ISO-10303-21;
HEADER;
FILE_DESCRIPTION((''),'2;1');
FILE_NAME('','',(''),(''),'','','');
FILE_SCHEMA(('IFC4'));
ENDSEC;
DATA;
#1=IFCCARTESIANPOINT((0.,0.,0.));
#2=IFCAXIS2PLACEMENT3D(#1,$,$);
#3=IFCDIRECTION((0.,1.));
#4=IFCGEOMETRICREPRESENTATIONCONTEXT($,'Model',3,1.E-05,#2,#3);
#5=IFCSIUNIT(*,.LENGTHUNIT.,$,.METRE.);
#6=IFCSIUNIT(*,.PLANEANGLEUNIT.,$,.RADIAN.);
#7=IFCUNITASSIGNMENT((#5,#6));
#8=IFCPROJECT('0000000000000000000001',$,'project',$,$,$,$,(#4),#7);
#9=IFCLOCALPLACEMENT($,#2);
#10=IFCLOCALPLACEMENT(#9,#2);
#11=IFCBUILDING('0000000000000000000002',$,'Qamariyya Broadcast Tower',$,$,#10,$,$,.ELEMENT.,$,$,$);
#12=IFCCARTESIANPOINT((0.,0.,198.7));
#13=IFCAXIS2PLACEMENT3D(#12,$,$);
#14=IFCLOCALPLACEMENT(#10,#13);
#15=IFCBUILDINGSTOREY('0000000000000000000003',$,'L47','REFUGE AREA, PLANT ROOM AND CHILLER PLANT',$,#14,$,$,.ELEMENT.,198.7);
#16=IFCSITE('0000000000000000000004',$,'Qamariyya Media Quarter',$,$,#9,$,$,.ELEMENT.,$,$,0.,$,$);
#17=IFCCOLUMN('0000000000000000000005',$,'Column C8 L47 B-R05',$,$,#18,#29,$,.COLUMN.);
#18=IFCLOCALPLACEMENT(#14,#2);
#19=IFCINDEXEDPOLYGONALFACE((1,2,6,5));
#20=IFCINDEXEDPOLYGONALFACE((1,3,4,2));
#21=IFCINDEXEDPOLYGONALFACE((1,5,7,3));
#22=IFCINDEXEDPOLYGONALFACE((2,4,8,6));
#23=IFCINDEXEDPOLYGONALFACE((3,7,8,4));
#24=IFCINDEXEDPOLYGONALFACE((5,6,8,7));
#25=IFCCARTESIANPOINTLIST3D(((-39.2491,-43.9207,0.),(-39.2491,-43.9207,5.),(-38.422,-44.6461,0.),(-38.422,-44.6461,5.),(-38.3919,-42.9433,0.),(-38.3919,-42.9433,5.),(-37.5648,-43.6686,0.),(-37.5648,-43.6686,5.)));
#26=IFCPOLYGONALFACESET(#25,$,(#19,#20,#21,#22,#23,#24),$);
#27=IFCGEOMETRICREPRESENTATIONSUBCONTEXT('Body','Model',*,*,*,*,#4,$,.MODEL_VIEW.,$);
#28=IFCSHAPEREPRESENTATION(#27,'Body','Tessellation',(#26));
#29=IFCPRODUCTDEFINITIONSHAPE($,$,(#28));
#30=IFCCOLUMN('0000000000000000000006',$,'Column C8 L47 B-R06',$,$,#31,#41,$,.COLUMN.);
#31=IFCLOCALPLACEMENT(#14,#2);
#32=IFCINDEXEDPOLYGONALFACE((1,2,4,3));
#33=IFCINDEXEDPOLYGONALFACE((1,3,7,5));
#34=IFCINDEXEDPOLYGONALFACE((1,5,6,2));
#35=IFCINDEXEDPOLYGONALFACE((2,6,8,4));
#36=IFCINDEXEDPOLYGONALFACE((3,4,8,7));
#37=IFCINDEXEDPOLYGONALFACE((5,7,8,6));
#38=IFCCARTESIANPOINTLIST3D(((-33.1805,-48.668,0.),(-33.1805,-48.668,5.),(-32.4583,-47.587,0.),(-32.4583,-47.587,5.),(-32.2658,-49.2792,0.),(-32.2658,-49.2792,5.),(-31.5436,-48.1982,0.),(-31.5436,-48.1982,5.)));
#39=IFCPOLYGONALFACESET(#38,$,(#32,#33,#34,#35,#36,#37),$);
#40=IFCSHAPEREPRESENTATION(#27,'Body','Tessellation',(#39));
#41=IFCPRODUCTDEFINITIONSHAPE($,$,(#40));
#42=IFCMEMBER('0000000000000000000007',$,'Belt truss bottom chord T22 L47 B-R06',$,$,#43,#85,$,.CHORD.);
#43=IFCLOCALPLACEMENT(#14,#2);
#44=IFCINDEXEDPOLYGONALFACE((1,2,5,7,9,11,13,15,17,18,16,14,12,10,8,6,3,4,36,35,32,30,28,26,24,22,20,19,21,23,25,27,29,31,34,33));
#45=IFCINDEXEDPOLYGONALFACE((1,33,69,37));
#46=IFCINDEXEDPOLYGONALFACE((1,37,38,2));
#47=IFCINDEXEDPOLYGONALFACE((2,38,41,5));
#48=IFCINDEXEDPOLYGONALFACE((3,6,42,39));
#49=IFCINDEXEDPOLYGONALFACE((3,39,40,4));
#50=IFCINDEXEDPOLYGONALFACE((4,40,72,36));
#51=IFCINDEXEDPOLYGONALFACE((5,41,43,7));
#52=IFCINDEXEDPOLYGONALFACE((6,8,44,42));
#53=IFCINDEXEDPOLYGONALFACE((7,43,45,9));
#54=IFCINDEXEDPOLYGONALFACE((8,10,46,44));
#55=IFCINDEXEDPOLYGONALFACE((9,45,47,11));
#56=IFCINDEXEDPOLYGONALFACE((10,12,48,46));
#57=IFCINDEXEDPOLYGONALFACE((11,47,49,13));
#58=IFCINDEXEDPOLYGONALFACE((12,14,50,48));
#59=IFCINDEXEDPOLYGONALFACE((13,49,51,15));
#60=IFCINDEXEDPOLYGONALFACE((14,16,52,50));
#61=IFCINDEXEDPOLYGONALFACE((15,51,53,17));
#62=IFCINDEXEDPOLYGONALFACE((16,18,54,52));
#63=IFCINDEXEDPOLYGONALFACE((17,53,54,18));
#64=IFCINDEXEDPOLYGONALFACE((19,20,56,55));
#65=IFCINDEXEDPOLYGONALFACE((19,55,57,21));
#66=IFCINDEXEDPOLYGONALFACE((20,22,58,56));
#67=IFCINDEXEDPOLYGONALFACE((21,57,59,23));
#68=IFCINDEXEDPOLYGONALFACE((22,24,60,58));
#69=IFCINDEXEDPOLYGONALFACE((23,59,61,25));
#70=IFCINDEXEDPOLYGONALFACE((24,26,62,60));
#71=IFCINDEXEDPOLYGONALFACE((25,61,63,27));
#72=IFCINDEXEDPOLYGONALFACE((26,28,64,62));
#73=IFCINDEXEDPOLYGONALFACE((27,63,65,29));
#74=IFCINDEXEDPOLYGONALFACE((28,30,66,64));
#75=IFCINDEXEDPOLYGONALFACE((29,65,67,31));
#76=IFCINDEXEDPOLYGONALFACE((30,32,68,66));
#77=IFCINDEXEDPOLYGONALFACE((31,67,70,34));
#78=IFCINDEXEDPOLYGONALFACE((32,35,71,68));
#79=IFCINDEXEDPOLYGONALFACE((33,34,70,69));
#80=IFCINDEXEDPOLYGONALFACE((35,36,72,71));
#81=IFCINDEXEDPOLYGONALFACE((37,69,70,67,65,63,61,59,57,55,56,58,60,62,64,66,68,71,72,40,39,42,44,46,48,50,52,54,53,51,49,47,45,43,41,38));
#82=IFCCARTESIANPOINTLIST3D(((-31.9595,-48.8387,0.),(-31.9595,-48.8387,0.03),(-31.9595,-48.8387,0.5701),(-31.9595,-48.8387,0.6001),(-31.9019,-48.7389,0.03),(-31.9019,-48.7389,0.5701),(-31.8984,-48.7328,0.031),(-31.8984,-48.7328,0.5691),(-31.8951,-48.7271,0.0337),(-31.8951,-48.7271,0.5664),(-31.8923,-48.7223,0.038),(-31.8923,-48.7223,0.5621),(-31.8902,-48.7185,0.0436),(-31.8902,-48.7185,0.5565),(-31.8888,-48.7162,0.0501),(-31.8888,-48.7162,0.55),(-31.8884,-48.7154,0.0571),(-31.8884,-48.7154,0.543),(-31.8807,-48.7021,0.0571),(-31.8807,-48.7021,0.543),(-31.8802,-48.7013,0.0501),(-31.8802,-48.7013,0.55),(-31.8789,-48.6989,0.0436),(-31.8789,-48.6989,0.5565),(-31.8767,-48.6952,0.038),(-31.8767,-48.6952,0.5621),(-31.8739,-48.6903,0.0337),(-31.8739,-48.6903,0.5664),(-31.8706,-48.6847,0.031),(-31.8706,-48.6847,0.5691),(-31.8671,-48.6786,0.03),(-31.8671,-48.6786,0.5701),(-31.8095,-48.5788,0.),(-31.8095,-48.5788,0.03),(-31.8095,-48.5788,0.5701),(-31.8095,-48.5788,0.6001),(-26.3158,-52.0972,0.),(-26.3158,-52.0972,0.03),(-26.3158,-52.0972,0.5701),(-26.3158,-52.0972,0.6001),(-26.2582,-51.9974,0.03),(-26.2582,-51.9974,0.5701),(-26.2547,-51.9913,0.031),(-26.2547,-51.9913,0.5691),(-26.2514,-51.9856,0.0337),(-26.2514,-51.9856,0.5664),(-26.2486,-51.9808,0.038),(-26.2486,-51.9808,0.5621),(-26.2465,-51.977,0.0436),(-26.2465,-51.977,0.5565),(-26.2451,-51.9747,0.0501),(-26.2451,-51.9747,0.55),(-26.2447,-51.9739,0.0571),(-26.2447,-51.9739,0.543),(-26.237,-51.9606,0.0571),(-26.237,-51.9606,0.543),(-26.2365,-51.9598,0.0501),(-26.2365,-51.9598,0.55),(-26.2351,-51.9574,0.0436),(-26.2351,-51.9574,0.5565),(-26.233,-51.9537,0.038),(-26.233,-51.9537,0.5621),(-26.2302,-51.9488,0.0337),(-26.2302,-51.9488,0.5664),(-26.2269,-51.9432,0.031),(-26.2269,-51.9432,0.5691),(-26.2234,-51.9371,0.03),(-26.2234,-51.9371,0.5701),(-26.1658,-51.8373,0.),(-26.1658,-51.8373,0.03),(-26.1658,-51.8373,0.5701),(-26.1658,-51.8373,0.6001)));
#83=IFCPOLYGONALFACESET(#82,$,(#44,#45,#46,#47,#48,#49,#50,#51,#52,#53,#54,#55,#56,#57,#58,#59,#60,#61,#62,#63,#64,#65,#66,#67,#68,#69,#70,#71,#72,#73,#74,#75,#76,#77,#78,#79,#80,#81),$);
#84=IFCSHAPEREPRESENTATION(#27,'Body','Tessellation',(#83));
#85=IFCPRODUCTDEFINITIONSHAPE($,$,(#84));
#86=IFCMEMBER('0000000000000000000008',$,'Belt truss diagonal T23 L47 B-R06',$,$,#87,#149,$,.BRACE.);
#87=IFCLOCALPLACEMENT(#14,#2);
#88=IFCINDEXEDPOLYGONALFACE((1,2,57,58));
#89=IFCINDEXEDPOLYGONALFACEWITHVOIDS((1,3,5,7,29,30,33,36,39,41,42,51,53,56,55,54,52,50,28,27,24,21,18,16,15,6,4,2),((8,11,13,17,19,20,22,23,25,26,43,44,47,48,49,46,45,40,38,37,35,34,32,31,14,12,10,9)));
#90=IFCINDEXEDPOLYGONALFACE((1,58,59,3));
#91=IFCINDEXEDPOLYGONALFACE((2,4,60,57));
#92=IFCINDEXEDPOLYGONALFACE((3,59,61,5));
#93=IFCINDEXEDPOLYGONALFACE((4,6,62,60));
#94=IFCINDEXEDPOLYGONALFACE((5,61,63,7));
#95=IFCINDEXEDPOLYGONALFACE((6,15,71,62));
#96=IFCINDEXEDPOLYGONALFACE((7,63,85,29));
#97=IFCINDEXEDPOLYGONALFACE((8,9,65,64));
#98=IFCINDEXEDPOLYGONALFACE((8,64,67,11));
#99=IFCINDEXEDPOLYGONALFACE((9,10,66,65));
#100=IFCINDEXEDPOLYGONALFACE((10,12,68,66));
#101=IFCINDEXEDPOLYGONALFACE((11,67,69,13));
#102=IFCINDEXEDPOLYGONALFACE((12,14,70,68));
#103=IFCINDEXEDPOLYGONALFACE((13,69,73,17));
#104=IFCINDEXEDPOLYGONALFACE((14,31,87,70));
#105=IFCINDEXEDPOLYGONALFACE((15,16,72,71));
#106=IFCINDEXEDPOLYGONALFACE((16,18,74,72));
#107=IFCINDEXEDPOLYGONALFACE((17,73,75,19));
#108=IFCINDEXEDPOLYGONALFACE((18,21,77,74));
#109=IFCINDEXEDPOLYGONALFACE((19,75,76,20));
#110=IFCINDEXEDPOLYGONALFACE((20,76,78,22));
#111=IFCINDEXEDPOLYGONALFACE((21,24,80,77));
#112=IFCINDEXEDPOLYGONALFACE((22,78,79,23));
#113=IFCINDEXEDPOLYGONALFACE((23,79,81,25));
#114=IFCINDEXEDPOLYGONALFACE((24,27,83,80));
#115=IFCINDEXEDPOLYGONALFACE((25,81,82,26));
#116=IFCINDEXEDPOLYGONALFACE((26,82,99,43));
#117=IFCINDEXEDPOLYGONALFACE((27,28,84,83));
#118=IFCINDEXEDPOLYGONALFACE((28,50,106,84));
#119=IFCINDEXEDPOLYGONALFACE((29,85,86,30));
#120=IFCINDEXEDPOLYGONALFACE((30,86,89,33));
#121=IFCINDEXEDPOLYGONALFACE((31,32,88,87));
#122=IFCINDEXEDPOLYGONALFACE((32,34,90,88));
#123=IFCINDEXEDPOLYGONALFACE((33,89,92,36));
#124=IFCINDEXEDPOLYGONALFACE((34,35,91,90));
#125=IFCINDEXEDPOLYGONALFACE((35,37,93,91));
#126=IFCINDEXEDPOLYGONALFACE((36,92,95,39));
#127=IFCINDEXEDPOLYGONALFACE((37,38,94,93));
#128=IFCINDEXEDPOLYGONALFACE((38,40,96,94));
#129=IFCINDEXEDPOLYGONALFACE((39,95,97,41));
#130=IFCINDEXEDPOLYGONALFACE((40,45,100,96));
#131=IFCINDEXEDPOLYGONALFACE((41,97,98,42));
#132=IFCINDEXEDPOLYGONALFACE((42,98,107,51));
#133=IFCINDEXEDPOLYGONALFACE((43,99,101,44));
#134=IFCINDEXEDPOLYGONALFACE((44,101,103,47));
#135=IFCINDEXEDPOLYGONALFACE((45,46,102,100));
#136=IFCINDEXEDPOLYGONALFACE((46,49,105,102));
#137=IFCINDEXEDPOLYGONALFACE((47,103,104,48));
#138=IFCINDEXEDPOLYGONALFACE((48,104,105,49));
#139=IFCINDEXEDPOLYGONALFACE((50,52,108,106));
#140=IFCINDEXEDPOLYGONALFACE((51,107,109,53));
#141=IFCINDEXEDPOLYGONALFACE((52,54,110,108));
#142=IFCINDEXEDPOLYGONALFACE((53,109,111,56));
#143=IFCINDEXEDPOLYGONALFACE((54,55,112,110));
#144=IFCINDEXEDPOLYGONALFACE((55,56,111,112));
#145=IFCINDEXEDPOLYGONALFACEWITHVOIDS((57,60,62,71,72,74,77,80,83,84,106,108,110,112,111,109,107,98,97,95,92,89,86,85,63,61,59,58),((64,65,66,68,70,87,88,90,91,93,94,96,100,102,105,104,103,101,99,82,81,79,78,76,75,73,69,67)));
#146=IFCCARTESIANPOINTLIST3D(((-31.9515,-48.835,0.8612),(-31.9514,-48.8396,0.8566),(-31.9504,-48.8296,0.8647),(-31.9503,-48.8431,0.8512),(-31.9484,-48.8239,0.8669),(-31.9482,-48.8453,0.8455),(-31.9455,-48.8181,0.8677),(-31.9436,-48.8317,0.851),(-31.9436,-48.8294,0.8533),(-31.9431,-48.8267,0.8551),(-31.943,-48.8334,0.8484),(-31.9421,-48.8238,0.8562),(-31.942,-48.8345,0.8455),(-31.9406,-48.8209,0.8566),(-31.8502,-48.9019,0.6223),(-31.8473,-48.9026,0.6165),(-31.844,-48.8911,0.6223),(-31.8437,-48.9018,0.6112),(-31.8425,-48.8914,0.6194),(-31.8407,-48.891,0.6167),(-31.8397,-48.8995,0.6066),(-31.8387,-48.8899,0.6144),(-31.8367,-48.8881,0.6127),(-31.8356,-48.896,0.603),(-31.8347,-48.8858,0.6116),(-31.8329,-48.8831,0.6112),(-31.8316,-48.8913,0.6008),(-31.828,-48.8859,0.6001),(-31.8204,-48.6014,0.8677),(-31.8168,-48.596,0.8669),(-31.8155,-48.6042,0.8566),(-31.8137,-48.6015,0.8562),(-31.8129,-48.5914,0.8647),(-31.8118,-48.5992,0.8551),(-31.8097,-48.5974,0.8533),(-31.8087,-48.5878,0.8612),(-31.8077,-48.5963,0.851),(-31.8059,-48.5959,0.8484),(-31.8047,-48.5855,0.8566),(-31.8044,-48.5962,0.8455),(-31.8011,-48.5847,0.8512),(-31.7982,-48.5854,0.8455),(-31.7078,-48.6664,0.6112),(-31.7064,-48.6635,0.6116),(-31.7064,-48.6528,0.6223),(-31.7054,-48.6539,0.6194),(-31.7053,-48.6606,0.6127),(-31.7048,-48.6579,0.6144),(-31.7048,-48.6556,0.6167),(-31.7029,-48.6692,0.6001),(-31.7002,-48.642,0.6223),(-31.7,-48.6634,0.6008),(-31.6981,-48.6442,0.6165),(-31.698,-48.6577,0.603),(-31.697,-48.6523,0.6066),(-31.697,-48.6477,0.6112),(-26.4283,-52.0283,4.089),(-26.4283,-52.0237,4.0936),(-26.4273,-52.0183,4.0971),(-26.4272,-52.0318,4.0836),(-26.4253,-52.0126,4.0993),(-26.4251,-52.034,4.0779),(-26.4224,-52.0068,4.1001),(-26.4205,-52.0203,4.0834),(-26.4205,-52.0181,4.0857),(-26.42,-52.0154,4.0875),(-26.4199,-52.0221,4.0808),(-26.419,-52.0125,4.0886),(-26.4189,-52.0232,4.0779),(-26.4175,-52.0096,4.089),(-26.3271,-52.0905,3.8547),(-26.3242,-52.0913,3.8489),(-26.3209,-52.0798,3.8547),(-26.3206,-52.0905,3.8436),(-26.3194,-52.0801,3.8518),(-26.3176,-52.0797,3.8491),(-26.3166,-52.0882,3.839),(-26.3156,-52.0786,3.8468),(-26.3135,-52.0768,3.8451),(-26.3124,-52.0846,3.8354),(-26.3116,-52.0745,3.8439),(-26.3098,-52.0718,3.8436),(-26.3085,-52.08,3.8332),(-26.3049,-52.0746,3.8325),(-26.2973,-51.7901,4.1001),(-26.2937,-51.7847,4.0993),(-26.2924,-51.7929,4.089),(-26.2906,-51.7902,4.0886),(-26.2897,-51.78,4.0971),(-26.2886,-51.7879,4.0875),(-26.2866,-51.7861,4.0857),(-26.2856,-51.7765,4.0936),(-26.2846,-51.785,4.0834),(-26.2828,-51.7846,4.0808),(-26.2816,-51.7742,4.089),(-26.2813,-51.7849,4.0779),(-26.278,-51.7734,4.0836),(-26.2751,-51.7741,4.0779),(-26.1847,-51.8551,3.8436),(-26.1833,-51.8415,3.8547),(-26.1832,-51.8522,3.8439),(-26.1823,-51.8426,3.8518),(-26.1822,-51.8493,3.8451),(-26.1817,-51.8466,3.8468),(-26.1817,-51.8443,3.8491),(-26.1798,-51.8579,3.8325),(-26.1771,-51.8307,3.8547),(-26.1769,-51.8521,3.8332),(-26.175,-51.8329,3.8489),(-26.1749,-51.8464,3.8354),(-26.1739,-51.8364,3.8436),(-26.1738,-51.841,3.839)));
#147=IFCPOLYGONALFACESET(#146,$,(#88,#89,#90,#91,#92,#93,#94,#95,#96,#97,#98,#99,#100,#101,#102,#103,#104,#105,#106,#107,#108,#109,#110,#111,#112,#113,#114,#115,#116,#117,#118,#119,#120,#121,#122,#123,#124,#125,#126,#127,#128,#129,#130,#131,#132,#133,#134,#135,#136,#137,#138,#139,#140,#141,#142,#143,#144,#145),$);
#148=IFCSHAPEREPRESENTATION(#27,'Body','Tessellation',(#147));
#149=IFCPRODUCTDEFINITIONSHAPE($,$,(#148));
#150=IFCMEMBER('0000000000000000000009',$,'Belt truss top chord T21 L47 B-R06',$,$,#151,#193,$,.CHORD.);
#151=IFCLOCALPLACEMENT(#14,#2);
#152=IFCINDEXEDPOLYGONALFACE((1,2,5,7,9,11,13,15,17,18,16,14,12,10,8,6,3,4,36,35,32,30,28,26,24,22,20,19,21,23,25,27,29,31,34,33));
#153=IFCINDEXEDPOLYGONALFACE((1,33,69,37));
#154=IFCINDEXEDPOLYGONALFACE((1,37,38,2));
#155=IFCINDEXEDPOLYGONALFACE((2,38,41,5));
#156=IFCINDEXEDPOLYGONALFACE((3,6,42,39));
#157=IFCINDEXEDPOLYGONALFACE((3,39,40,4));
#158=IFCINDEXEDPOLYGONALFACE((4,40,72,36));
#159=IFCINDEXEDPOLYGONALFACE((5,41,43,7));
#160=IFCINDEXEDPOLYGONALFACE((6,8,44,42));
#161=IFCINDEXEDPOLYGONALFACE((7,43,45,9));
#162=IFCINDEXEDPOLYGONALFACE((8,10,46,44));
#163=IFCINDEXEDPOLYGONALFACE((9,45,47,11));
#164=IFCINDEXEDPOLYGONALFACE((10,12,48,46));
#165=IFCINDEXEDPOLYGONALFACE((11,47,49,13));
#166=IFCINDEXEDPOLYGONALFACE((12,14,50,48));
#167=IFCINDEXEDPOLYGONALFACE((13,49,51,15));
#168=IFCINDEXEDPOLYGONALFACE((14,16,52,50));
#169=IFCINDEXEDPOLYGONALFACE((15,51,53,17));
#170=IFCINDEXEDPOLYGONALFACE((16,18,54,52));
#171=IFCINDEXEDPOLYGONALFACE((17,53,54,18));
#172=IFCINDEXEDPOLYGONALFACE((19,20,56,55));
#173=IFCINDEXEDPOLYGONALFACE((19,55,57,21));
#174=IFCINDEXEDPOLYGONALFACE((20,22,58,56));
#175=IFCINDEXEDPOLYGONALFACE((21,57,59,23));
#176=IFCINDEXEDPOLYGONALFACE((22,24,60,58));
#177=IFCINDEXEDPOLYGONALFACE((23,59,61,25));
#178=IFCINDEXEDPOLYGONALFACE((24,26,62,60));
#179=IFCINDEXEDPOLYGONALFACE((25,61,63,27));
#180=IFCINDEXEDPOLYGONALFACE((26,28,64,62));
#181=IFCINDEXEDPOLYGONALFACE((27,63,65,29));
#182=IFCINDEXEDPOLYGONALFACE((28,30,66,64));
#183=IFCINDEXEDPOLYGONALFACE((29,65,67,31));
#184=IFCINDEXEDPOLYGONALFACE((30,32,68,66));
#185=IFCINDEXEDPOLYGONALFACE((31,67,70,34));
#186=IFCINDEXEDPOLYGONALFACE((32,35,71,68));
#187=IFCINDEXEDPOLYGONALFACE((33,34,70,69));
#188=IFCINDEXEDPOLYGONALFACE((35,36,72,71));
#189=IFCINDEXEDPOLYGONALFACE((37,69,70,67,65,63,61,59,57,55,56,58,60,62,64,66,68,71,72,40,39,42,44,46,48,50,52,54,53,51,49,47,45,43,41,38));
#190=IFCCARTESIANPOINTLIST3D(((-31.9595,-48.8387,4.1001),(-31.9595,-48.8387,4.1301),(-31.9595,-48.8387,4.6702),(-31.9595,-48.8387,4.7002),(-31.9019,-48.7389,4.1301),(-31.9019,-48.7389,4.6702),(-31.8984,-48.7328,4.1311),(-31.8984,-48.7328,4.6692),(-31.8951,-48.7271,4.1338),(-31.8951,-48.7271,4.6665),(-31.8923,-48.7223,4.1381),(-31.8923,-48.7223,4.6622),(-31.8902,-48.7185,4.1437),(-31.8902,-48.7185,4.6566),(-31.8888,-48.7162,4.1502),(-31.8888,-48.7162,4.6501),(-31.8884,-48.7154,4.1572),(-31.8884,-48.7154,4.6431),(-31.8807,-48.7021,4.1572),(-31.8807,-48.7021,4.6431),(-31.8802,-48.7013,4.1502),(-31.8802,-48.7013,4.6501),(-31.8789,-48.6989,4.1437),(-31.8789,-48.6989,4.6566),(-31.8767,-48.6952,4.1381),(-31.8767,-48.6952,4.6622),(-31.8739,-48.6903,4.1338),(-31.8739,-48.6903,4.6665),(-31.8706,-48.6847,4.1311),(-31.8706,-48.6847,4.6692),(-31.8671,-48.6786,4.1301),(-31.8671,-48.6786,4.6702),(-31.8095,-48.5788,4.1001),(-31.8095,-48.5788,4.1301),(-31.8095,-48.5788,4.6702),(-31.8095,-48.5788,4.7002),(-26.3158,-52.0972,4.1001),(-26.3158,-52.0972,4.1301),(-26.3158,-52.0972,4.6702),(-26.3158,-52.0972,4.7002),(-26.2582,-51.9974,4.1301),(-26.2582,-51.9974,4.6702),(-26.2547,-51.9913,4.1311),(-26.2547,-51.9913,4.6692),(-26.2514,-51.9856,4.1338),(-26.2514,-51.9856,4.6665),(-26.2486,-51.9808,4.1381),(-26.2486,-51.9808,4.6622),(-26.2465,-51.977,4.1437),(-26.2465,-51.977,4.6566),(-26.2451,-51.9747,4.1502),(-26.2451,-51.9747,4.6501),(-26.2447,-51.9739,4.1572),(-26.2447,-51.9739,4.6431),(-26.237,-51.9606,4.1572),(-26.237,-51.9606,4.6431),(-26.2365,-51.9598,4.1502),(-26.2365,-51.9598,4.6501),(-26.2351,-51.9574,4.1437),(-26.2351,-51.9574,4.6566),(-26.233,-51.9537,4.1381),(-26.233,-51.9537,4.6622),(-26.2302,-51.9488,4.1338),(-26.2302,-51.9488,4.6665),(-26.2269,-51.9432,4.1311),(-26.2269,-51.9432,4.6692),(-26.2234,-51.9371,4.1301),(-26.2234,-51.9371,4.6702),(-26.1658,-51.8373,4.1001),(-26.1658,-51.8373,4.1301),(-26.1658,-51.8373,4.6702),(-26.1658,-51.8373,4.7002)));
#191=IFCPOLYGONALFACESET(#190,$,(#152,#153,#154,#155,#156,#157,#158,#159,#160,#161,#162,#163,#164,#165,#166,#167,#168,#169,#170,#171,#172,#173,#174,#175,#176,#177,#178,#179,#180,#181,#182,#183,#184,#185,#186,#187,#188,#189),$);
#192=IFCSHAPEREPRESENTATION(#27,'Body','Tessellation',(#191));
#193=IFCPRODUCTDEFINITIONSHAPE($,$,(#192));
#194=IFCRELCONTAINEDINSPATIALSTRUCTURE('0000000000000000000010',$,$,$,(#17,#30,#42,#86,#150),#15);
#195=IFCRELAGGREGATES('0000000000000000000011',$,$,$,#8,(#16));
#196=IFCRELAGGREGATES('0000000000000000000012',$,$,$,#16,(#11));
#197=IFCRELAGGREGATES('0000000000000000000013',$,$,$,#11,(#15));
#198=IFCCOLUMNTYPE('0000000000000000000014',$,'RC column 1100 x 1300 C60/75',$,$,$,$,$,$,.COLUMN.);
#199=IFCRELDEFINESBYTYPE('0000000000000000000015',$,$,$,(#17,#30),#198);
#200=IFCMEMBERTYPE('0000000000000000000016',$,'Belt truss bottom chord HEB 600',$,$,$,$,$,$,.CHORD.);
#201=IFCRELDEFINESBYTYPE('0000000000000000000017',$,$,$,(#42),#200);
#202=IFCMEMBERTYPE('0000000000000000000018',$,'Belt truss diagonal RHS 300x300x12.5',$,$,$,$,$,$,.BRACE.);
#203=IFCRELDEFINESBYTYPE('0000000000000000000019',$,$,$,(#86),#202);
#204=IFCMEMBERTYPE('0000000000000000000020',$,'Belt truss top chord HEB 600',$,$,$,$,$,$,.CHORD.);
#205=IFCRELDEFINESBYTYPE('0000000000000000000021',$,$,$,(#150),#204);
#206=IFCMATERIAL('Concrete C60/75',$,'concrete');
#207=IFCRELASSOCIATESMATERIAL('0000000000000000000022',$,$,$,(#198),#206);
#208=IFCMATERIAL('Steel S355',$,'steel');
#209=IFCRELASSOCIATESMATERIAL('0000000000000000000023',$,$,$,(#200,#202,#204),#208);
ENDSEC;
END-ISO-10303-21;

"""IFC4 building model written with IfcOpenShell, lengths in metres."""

from ifc_helpers import new_model, si_unit, direction, frame, origin, origin_2d, place, context, subcontext, project, spatial, rectangle, hollow_rectangle, i_section, extrude, material, material_profile, profile_set, type_object, element, save


model = new_model("IFC4")

# Units and contexts
model_context = context("Model", 3, precision=1e-05, world=origin(), true_north=direction((0.0, 1.0)))
body_context = subcontext(model_context, "Body", "Model", "MODEL_VIEW")
ifc_project = project(units=[si_unit("LENGTHUNIT", "METRE"), si_unit("PLANEANGLEUNIT", "RADIAN")], contexts=[model_context])

# Site, building, storey
site_placement = place(None, origin())
site = spatial("IfcSite", under=ifc_project, at=site_placement, Name="Qamariyya Media Quarter", CompositionType="ELEMENT", RefElevation=0.0)
building_placement = place(site_placement, origin())
building = spatial("IfcBuilding", under=site, at=building_placement, Name="Qamariyya Broadcast Tower", CompositionType="ELEMENT")
storey_placement = place(building_placement, frame((0.0, 0.0, 198.7)))
storey = spatial("IfcBuildingStorey", under=building, at=storey_placement, Name="L47", Description="REFUGE AREA, PLANT ROOM AND CHILLER PLANT", CompositionType="ELEMENT", Elevation=198.7)

# Columns
ifc_material_1 = material(Name="Concrete C60/75", Category="concrete")
ifc_material_profile_1 = material_profile(ifc_material_1, rectangle(XDim=1.1001, YDim=1.3, at=origin_2d()))
ifc_profile_set_1 = profile_set([ifc_material_profile_1], Name="Concrete C60/75")
column_type = type_object("IfcColumnType", Name="RC column 1100 x 1300 C60/75", PredefinedType="COLUMN", material=ifc_profile_set_1)
for number, where, z_axis, x_axis, name in (
    (1, (-38.407, -43.7947, 0.0), (0.0, 0.0, 1.0), (0.75184, -0.659346, 0.0), "Column C8 L47 B-R05"),
    (2, (-32.3621, -48.4331, 0.0), (0.0, 0.0, 1.0), (0.83147, -0.55557, 0.0), "Column C8 L47 B-R06"),
):
    element("IfcColumn", number, at=place(storey_placement, frame(where, z_axis=z_axis, x_axis=x_axis)), inside=storey, type_object=column_type, Name=name, PredefinedType="COLUMN", context=body_context, shape_type="SweptSolid", body=[
        extrude(rectangle(XDim=1.1001, YDim=1.3, at=origin_2d()), origin(), (0.0, 0.0, 1.0), 5.0),
    ])

# Members
ifc_material_2 = material(Name="Steel S355", Category="steel")
ifc_material_profile_2 = material_profile(ifc_material_2, i_section(OverallWidth=0.3, OverallDepth=0.6001, WebThickness=0.0154, FlangeThickness=0.03, FilletRadius=0.0271, at=origin_2d()))
ifc_profile_set_2 = profile_set([ifc_material_profile_2], Name="Steel S355")
member_type_1 = type_object("IfcMemberType", Name="Belt truss bottom chord HEB 600", PredefinedType="CHORD", material=ifc_profile_set_2)
member_1_placement = place(storey_placement, frame((-31.8845, -48.7087, 0.3), z_axis=(0.866019, -0.500011, 0.0), x_axis=(0.500011, 0.866019, 0.0)))
element("IfcMember", 3, at=member_1_placement, inside=storey, type_object=member_type_1, Name="Belt truss bottom chord T22 L47 B-R06", PredefinedType="CHORD", context=body_context, shape_type="SweptSolid", body=[
    extrude(i_section(OverallWidth=0.3, OverallDepth=0.6001, WebThickness=0.0154, FlangeThickness=0.03, FilletRadius=0.0271, at=origin_2d()), origin(), (0.0, 0.0, 1.0), 6.5168),
])
ifc_material_profile_3 = material_profile(ifc_material_2, hollow_rectangle(XDim=0.3, YDim=0.3, WallThickness=0.0125, InnerFilletRadius=0.0125, OuterFilletRadius=0.0249, at=origin_2d()))
ifc_profile_set_3 = profile_set([ifc_material_profile_3], Name="Steel S355")
member_type_2 = type_object("IfcMemberType", Name="Belt truss diagonal RHS 300x300x12.5", PredefinedType="BRACE", material=ifc_profile_set_3)
member_2_placement = place(storey_placement, frame((-31.8242, -48.7437, 0.7339), z_axis=(0.772477, -0.445976, 0.452088), x_axis=(0.499989, 0.866032, 0.0)))
element("IfcMember", 4, at=member_2_placement, inside=storey, type_object=member_type_2, Name="Belt truss diagonal T23 L47 B-R06", PredefinedType="BRACE", context=body_context, shape_type="SweptSolid", body=[
    extrude(hollow_rectangle(XDim=0.3, YDim=0.3, WallThickness=0.0125, InnerFilletRadius=0.0125, OuterFilletRadius=0.0249, at=origin_2d()), origin(), (0.0, 0.0, 1.0), 7.1499),
])
ifc_material_profile_4 = material_profile(ifc_material_2, i_section(OverallWidth=0.3, OverallDepth=0.6001, WebThickness=0.0154, FlangeThickness=0.03, FilletRadius=0.0271, at=origin_2d()))
ifc_profile_set_4 = profile_set([ifc_material_profile_4], Name="Steel S355")
member_type_3 = type_object("IfcMemberType", Name="Belt truss top chord HEB 600", PredefinedType="CHORD", material=ifc_profile_set_4)
member_3_placement = place(storey_placement, frame((-31.8845, -48.7087, 4.4001), z_axis=(0.866019, -0.500011, 0.0), x_axis=(0.500011, 0.866019, 0.0)))
element("IfcMember", 5, at=member_3_placement, inside=storey, type_object=member_type_3, Name="Belt truss top chord T21 L47 B-R06", PredefinedType="CHORD", context=body_context, shape_type="SweptSolid", body=[
    extrude(i_section(OverallWidth=0.3, OverallDepth=0.6001, WebThickness=0.0154, FlangeThickness=0.03, FilletRadius=0.0271, at=origin_2d()), origin(), (0.0, 0.0, 1.0), 6.5168),
])

save(model, "model.ifc")
